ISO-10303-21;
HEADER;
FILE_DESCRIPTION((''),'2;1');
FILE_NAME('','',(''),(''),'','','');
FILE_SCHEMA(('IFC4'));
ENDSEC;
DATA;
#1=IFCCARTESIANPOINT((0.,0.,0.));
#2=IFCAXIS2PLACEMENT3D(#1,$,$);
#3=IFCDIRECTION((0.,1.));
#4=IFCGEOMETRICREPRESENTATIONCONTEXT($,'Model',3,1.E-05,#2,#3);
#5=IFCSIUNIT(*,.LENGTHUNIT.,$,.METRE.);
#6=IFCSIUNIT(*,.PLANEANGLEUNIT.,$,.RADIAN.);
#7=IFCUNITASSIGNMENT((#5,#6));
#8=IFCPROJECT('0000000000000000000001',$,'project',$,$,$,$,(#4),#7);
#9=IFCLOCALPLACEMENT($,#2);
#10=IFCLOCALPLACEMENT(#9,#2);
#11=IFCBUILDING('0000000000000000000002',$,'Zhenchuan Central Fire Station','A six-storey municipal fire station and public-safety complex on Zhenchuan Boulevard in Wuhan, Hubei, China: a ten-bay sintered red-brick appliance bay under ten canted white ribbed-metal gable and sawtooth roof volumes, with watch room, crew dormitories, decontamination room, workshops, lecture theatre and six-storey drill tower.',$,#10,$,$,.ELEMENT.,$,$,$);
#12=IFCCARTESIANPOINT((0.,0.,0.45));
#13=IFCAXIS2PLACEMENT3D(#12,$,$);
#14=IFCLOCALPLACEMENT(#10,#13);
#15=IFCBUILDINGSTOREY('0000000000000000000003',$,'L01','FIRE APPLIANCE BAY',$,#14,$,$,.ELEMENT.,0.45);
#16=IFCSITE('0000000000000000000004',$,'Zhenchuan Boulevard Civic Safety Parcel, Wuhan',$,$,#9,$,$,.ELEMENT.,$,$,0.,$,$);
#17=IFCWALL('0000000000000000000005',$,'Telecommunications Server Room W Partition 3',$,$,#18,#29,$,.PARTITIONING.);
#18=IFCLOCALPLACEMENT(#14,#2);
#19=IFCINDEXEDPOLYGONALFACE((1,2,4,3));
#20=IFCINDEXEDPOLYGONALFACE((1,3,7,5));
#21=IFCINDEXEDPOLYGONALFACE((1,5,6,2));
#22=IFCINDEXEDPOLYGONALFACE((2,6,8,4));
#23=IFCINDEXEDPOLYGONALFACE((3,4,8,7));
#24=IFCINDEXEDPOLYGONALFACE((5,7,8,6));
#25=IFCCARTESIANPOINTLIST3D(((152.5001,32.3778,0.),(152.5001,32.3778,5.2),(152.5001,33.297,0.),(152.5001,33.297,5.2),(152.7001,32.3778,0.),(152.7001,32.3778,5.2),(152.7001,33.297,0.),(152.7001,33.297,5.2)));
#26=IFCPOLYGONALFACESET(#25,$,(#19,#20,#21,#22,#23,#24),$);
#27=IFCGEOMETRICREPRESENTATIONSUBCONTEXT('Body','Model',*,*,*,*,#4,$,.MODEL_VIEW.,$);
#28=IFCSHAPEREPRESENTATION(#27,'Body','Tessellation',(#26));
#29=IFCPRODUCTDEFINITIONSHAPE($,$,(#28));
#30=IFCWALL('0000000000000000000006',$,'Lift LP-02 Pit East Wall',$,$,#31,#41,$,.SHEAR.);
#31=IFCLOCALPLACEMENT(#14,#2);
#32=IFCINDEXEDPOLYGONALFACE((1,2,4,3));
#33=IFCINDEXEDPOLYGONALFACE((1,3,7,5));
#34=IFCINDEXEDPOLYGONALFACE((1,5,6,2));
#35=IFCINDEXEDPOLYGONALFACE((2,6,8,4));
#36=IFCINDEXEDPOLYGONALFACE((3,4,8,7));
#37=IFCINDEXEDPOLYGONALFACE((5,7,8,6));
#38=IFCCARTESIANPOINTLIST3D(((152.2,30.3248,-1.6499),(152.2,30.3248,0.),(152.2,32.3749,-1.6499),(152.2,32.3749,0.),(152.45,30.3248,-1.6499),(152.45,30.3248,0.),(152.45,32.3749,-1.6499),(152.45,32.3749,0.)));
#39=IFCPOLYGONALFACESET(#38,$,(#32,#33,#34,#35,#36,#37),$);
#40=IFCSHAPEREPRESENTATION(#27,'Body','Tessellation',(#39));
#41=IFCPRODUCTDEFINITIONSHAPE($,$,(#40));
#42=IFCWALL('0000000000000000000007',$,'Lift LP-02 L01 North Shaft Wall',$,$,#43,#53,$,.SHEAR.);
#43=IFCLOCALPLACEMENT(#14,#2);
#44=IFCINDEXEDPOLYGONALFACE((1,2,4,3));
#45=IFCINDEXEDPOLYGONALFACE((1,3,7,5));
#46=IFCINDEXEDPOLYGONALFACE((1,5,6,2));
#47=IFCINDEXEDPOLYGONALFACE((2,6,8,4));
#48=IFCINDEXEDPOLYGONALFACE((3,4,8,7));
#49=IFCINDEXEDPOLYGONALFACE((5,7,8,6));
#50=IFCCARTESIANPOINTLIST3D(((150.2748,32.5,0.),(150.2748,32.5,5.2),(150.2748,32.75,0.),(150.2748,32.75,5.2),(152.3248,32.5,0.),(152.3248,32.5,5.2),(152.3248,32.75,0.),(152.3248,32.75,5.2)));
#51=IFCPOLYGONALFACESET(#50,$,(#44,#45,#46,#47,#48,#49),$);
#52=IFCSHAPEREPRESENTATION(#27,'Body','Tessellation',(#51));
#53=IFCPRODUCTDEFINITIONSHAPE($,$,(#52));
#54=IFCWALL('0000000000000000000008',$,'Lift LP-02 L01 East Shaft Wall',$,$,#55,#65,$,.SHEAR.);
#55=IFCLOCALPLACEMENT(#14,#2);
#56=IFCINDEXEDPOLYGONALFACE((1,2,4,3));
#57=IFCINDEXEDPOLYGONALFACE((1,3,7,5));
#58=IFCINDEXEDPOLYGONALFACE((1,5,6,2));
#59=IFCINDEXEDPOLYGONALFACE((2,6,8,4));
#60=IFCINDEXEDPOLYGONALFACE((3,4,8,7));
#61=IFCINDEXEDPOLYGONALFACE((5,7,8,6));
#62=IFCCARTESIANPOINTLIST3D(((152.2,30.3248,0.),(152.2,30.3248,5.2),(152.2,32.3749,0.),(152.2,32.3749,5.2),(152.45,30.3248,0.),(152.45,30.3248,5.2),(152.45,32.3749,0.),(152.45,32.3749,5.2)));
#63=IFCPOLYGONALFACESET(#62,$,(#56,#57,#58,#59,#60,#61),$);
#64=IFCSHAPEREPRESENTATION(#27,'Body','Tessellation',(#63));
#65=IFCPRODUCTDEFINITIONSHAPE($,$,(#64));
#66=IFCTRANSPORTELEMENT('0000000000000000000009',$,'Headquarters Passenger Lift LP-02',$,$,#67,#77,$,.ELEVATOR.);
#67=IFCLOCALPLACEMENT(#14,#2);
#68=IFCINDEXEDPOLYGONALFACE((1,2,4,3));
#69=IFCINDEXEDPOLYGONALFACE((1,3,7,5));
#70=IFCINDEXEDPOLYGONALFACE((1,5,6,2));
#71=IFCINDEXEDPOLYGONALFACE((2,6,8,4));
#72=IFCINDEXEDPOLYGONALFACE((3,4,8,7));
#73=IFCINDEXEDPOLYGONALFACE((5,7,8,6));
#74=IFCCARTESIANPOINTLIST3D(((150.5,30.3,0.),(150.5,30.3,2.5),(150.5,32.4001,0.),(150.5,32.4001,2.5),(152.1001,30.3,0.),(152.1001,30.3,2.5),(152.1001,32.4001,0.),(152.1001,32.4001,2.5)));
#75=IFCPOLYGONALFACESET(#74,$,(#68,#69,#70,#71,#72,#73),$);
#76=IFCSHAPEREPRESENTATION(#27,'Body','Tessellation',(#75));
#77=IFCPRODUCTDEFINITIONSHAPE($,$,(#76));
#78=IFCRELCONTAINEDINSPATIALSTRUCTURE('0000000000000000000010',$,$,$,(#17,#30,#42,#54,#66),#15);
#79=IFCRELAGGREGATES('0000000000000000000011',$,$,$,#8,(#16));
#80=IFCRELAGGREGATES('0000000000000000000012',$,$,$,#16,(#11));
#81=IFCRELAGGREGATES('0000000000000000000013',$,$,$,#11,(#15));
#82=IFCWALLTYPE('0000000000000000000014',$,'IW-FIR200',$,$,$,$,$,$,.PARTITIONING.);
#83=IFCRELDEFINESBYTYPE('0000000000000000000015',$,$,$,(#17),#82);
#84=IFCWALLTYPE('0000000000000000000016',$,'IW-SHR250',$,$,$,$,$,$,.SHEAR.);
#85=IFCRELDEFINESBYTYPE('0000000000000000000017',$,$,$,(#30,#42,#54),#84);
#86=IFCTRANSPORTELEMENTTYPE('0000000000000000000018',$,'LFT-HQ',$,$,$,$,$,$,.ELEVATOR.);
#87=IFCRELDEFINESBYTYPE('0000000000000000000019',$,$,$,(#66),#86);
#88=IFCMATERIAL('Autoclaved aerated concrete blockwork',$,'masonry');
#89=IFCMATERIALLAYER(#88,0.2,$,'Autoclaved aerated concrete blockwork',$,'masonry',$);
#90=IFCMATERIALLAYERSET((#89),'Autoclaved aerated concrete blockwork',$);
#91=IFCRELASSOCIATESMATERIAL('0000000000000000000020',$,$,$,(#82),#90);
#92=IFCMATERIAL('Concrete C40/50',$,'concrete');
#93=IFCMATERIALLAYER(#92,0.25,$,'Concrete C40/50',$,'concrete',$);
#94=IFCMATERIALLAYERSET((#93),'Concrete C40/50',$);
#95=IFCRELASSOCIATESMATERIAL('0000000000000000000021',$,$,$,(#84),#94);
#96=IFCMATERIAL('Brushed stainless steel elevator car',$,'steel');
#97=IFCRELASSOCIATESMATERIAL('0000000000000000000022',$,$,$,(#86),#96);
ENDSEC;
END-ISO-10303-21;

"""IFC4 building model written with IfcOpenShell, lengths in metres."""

from ifc_helpers import new_model, si_unit, direction, frame, frame_2d, origin, origin_2d, place, context, subcontext, project, spatial, rectangle, extrude, material, layer, layer_set, type_object, element, save


model = new_model("IFC4")

# Units and contexts
model_context = context("Model", 3, precision=1e-05, world=origin(), true_north=direction((0.0, 1.0)))
body_context = subcontext(model_context, "Body", "Model", "MODEL_VIEW")
ifc_project = project(units=[si_unit("LENGTHUNIT", "METRE"), si_unit("PLANEANGLEUNIT", "RADIAN")], contexts=[model_context])

# Site, building, storey
site_placement = place(None, origin())
site = spatial("IfcSite", under=ifc_project, at=site_placement, Name="Zhenchuan Boulevard Civic Safety Parcel, Wuhan", CompositionType="ELEMENT", RefElevation=0.0)
building_placement = place(site_placement, origin())
building = spatial("IfcBuilding", under=site, at=building_placement, Name="Zhenchuan Central Fire Station", Description="A six-storey municipal fire station and public-safety complex on Zhenchuan Boulevard in Wuhan, Hubei, China: a ten-bay sintered red-brick appliance bay under ten canted white ribbed-metal gable and sawtooth roof volumes, with watch room, crew dormitories, decontamination room, workshops, lecture theatre and six-storey drill tower.", CompositionType="ELEMENT")
storey_placement = place(building_placement, frame((0.0, 0.0, 0.45)))
storey = spatial("IfcBuildingStorey", under=building, at=storey_placement, Name="L01", Description="FIRE APPLIANCE BAY", CompositionType="ELEMENT", Elevation=0.45)

# Shared definitions
ifc_material_1 = material(Name="Concrete C40/50", Category="concrete")

# Shared definitions
ifc_material_2 = material(Name="Autoclaved aerated concrete blockwork", Category="masonry")
ifc_layer_1 = layer(ifc_material_2, 0.2, Name="Autoclaved aerated concrete blockwork", Category="masonry")
ifc_layer_set_1 = layer_set([ifc_layer_1], Name="Autoclaved aerated concrete blockwork")
wall_type_1 = type_object("IfcWallType", Name="IW-FIR200", PredefinedType="PARTITIONING", material=ifc_layer_set_1)

# Walls
wall_1_placement = place(storey_placement, frame((152.6001, 32.3779, 0.0), z_axis=(0.0, 0.0, 1.0), x_axis=(0.0, 1.0, 0.0)))
element("IfcWall", 1, at=wall_1_placement, inside=storey, type_object=wall_type_1, Name="Telecommunications Server Room W Partition 3", PredefinedType="PARTITIONING", context=body_context, shape_type="SweptSolid", body=[
    extrude(rectangle(XDim=0.9192, YDim=0.2, at=frame_2d((0.4595, 0.0))), origin(), (0.0, 0.0, 1.0), 5.2),
])
ifc_layer_2 = layer(ifc_material_1, 0.25, Name="Concrete C40/50", Category="concrete")
ifc_layer_set_2 = layer_set([ifc_layer_2], Name="Concrete C40/50")
wall_type_2 = type_object("IfcWallType", Name="IW-SHR250", PredefinedType="SHEAR", material=ifc_layer_set_2)
wall_2_placement = place(storey_placement, frame((152.325, 30.325, -1.6499), z_axis=(0.0, 0.0, 1.0), x_axis=(0.0, 1.0, 0.0)))
element("IfcWall", 2, at=wall_2_placement, inside=storey, type_object=wall_type_2, Name="Lift LP-02 Pit East Wall", PredefinedType="SHEAR", context=body_context, shape_type="SweptSolid", body=[
    extrude(rectangle(XDim=2.05, YDim=0.25, at=frame_2d((1.0249, 0.0))), origin(), (0.0, 0.0, 1.0), 1.6499),
])
for number, where, z_axis, x_axis, name in (
    (3, (150.2749, 32.625, 0.0), (0.0, 0.0, 1.0), (1.0, 0.0, 0.0), "Lift LP-02 L01 North Shaft Wall"),
    (4, (152.325, 30.325, 0.0), (0.0, 0.0, 1.0), (0.0, 1.0, 0.0), "Lift LP-02 L01 East Shaft Wall"),
):
    element("IfcWall", number, at=place(storey_placement, frame(where, z_axis=z_axis, x_axis=x_axis)), inside=storey, type_object=wall_type_2, Name=name, PredefinedType="SHEAR", context=body_context, shape_type="SweptSolid", body=[
        extrude(rectangle(XDim=2.05, YDim=0.25, at=frame_2d((1.0249, 0.0))), origin(), (0.0, 0.0, 1.0), 5.2),
    ])

# Transport element
ifc_material_3 = material(Name="Brushed stainless steel elevator car", Category="steel")
transport_element_type = type_object("IfcTransportElementType", Name="LFT-HQ", PredefinedType="ELEVATOR", material=ifc_material_3)
transport_element_placement = place(storey_placement, frame((151.3, 31.3501, 0.0), z_axis=(0.0, 0.0, 1.0), x_axis=(1.0, 0.0, 0.0)))
element("IfcTransportElement", 5, at=transport_element_placement, inside=storey, type_object=transport_element_type, Name="Headquarters Passenger Lift LP-02", PredefinedType="ELEVATOR", context=body_context, shape_type="SweptSolid", body=[
    extrude(rectangle(XDim=1.6001, YDim=2.1001, at=origin_2d()), origin(), (0.0, 0.0, 1.0), 2.5),
])

save(model, "model.ifc")
